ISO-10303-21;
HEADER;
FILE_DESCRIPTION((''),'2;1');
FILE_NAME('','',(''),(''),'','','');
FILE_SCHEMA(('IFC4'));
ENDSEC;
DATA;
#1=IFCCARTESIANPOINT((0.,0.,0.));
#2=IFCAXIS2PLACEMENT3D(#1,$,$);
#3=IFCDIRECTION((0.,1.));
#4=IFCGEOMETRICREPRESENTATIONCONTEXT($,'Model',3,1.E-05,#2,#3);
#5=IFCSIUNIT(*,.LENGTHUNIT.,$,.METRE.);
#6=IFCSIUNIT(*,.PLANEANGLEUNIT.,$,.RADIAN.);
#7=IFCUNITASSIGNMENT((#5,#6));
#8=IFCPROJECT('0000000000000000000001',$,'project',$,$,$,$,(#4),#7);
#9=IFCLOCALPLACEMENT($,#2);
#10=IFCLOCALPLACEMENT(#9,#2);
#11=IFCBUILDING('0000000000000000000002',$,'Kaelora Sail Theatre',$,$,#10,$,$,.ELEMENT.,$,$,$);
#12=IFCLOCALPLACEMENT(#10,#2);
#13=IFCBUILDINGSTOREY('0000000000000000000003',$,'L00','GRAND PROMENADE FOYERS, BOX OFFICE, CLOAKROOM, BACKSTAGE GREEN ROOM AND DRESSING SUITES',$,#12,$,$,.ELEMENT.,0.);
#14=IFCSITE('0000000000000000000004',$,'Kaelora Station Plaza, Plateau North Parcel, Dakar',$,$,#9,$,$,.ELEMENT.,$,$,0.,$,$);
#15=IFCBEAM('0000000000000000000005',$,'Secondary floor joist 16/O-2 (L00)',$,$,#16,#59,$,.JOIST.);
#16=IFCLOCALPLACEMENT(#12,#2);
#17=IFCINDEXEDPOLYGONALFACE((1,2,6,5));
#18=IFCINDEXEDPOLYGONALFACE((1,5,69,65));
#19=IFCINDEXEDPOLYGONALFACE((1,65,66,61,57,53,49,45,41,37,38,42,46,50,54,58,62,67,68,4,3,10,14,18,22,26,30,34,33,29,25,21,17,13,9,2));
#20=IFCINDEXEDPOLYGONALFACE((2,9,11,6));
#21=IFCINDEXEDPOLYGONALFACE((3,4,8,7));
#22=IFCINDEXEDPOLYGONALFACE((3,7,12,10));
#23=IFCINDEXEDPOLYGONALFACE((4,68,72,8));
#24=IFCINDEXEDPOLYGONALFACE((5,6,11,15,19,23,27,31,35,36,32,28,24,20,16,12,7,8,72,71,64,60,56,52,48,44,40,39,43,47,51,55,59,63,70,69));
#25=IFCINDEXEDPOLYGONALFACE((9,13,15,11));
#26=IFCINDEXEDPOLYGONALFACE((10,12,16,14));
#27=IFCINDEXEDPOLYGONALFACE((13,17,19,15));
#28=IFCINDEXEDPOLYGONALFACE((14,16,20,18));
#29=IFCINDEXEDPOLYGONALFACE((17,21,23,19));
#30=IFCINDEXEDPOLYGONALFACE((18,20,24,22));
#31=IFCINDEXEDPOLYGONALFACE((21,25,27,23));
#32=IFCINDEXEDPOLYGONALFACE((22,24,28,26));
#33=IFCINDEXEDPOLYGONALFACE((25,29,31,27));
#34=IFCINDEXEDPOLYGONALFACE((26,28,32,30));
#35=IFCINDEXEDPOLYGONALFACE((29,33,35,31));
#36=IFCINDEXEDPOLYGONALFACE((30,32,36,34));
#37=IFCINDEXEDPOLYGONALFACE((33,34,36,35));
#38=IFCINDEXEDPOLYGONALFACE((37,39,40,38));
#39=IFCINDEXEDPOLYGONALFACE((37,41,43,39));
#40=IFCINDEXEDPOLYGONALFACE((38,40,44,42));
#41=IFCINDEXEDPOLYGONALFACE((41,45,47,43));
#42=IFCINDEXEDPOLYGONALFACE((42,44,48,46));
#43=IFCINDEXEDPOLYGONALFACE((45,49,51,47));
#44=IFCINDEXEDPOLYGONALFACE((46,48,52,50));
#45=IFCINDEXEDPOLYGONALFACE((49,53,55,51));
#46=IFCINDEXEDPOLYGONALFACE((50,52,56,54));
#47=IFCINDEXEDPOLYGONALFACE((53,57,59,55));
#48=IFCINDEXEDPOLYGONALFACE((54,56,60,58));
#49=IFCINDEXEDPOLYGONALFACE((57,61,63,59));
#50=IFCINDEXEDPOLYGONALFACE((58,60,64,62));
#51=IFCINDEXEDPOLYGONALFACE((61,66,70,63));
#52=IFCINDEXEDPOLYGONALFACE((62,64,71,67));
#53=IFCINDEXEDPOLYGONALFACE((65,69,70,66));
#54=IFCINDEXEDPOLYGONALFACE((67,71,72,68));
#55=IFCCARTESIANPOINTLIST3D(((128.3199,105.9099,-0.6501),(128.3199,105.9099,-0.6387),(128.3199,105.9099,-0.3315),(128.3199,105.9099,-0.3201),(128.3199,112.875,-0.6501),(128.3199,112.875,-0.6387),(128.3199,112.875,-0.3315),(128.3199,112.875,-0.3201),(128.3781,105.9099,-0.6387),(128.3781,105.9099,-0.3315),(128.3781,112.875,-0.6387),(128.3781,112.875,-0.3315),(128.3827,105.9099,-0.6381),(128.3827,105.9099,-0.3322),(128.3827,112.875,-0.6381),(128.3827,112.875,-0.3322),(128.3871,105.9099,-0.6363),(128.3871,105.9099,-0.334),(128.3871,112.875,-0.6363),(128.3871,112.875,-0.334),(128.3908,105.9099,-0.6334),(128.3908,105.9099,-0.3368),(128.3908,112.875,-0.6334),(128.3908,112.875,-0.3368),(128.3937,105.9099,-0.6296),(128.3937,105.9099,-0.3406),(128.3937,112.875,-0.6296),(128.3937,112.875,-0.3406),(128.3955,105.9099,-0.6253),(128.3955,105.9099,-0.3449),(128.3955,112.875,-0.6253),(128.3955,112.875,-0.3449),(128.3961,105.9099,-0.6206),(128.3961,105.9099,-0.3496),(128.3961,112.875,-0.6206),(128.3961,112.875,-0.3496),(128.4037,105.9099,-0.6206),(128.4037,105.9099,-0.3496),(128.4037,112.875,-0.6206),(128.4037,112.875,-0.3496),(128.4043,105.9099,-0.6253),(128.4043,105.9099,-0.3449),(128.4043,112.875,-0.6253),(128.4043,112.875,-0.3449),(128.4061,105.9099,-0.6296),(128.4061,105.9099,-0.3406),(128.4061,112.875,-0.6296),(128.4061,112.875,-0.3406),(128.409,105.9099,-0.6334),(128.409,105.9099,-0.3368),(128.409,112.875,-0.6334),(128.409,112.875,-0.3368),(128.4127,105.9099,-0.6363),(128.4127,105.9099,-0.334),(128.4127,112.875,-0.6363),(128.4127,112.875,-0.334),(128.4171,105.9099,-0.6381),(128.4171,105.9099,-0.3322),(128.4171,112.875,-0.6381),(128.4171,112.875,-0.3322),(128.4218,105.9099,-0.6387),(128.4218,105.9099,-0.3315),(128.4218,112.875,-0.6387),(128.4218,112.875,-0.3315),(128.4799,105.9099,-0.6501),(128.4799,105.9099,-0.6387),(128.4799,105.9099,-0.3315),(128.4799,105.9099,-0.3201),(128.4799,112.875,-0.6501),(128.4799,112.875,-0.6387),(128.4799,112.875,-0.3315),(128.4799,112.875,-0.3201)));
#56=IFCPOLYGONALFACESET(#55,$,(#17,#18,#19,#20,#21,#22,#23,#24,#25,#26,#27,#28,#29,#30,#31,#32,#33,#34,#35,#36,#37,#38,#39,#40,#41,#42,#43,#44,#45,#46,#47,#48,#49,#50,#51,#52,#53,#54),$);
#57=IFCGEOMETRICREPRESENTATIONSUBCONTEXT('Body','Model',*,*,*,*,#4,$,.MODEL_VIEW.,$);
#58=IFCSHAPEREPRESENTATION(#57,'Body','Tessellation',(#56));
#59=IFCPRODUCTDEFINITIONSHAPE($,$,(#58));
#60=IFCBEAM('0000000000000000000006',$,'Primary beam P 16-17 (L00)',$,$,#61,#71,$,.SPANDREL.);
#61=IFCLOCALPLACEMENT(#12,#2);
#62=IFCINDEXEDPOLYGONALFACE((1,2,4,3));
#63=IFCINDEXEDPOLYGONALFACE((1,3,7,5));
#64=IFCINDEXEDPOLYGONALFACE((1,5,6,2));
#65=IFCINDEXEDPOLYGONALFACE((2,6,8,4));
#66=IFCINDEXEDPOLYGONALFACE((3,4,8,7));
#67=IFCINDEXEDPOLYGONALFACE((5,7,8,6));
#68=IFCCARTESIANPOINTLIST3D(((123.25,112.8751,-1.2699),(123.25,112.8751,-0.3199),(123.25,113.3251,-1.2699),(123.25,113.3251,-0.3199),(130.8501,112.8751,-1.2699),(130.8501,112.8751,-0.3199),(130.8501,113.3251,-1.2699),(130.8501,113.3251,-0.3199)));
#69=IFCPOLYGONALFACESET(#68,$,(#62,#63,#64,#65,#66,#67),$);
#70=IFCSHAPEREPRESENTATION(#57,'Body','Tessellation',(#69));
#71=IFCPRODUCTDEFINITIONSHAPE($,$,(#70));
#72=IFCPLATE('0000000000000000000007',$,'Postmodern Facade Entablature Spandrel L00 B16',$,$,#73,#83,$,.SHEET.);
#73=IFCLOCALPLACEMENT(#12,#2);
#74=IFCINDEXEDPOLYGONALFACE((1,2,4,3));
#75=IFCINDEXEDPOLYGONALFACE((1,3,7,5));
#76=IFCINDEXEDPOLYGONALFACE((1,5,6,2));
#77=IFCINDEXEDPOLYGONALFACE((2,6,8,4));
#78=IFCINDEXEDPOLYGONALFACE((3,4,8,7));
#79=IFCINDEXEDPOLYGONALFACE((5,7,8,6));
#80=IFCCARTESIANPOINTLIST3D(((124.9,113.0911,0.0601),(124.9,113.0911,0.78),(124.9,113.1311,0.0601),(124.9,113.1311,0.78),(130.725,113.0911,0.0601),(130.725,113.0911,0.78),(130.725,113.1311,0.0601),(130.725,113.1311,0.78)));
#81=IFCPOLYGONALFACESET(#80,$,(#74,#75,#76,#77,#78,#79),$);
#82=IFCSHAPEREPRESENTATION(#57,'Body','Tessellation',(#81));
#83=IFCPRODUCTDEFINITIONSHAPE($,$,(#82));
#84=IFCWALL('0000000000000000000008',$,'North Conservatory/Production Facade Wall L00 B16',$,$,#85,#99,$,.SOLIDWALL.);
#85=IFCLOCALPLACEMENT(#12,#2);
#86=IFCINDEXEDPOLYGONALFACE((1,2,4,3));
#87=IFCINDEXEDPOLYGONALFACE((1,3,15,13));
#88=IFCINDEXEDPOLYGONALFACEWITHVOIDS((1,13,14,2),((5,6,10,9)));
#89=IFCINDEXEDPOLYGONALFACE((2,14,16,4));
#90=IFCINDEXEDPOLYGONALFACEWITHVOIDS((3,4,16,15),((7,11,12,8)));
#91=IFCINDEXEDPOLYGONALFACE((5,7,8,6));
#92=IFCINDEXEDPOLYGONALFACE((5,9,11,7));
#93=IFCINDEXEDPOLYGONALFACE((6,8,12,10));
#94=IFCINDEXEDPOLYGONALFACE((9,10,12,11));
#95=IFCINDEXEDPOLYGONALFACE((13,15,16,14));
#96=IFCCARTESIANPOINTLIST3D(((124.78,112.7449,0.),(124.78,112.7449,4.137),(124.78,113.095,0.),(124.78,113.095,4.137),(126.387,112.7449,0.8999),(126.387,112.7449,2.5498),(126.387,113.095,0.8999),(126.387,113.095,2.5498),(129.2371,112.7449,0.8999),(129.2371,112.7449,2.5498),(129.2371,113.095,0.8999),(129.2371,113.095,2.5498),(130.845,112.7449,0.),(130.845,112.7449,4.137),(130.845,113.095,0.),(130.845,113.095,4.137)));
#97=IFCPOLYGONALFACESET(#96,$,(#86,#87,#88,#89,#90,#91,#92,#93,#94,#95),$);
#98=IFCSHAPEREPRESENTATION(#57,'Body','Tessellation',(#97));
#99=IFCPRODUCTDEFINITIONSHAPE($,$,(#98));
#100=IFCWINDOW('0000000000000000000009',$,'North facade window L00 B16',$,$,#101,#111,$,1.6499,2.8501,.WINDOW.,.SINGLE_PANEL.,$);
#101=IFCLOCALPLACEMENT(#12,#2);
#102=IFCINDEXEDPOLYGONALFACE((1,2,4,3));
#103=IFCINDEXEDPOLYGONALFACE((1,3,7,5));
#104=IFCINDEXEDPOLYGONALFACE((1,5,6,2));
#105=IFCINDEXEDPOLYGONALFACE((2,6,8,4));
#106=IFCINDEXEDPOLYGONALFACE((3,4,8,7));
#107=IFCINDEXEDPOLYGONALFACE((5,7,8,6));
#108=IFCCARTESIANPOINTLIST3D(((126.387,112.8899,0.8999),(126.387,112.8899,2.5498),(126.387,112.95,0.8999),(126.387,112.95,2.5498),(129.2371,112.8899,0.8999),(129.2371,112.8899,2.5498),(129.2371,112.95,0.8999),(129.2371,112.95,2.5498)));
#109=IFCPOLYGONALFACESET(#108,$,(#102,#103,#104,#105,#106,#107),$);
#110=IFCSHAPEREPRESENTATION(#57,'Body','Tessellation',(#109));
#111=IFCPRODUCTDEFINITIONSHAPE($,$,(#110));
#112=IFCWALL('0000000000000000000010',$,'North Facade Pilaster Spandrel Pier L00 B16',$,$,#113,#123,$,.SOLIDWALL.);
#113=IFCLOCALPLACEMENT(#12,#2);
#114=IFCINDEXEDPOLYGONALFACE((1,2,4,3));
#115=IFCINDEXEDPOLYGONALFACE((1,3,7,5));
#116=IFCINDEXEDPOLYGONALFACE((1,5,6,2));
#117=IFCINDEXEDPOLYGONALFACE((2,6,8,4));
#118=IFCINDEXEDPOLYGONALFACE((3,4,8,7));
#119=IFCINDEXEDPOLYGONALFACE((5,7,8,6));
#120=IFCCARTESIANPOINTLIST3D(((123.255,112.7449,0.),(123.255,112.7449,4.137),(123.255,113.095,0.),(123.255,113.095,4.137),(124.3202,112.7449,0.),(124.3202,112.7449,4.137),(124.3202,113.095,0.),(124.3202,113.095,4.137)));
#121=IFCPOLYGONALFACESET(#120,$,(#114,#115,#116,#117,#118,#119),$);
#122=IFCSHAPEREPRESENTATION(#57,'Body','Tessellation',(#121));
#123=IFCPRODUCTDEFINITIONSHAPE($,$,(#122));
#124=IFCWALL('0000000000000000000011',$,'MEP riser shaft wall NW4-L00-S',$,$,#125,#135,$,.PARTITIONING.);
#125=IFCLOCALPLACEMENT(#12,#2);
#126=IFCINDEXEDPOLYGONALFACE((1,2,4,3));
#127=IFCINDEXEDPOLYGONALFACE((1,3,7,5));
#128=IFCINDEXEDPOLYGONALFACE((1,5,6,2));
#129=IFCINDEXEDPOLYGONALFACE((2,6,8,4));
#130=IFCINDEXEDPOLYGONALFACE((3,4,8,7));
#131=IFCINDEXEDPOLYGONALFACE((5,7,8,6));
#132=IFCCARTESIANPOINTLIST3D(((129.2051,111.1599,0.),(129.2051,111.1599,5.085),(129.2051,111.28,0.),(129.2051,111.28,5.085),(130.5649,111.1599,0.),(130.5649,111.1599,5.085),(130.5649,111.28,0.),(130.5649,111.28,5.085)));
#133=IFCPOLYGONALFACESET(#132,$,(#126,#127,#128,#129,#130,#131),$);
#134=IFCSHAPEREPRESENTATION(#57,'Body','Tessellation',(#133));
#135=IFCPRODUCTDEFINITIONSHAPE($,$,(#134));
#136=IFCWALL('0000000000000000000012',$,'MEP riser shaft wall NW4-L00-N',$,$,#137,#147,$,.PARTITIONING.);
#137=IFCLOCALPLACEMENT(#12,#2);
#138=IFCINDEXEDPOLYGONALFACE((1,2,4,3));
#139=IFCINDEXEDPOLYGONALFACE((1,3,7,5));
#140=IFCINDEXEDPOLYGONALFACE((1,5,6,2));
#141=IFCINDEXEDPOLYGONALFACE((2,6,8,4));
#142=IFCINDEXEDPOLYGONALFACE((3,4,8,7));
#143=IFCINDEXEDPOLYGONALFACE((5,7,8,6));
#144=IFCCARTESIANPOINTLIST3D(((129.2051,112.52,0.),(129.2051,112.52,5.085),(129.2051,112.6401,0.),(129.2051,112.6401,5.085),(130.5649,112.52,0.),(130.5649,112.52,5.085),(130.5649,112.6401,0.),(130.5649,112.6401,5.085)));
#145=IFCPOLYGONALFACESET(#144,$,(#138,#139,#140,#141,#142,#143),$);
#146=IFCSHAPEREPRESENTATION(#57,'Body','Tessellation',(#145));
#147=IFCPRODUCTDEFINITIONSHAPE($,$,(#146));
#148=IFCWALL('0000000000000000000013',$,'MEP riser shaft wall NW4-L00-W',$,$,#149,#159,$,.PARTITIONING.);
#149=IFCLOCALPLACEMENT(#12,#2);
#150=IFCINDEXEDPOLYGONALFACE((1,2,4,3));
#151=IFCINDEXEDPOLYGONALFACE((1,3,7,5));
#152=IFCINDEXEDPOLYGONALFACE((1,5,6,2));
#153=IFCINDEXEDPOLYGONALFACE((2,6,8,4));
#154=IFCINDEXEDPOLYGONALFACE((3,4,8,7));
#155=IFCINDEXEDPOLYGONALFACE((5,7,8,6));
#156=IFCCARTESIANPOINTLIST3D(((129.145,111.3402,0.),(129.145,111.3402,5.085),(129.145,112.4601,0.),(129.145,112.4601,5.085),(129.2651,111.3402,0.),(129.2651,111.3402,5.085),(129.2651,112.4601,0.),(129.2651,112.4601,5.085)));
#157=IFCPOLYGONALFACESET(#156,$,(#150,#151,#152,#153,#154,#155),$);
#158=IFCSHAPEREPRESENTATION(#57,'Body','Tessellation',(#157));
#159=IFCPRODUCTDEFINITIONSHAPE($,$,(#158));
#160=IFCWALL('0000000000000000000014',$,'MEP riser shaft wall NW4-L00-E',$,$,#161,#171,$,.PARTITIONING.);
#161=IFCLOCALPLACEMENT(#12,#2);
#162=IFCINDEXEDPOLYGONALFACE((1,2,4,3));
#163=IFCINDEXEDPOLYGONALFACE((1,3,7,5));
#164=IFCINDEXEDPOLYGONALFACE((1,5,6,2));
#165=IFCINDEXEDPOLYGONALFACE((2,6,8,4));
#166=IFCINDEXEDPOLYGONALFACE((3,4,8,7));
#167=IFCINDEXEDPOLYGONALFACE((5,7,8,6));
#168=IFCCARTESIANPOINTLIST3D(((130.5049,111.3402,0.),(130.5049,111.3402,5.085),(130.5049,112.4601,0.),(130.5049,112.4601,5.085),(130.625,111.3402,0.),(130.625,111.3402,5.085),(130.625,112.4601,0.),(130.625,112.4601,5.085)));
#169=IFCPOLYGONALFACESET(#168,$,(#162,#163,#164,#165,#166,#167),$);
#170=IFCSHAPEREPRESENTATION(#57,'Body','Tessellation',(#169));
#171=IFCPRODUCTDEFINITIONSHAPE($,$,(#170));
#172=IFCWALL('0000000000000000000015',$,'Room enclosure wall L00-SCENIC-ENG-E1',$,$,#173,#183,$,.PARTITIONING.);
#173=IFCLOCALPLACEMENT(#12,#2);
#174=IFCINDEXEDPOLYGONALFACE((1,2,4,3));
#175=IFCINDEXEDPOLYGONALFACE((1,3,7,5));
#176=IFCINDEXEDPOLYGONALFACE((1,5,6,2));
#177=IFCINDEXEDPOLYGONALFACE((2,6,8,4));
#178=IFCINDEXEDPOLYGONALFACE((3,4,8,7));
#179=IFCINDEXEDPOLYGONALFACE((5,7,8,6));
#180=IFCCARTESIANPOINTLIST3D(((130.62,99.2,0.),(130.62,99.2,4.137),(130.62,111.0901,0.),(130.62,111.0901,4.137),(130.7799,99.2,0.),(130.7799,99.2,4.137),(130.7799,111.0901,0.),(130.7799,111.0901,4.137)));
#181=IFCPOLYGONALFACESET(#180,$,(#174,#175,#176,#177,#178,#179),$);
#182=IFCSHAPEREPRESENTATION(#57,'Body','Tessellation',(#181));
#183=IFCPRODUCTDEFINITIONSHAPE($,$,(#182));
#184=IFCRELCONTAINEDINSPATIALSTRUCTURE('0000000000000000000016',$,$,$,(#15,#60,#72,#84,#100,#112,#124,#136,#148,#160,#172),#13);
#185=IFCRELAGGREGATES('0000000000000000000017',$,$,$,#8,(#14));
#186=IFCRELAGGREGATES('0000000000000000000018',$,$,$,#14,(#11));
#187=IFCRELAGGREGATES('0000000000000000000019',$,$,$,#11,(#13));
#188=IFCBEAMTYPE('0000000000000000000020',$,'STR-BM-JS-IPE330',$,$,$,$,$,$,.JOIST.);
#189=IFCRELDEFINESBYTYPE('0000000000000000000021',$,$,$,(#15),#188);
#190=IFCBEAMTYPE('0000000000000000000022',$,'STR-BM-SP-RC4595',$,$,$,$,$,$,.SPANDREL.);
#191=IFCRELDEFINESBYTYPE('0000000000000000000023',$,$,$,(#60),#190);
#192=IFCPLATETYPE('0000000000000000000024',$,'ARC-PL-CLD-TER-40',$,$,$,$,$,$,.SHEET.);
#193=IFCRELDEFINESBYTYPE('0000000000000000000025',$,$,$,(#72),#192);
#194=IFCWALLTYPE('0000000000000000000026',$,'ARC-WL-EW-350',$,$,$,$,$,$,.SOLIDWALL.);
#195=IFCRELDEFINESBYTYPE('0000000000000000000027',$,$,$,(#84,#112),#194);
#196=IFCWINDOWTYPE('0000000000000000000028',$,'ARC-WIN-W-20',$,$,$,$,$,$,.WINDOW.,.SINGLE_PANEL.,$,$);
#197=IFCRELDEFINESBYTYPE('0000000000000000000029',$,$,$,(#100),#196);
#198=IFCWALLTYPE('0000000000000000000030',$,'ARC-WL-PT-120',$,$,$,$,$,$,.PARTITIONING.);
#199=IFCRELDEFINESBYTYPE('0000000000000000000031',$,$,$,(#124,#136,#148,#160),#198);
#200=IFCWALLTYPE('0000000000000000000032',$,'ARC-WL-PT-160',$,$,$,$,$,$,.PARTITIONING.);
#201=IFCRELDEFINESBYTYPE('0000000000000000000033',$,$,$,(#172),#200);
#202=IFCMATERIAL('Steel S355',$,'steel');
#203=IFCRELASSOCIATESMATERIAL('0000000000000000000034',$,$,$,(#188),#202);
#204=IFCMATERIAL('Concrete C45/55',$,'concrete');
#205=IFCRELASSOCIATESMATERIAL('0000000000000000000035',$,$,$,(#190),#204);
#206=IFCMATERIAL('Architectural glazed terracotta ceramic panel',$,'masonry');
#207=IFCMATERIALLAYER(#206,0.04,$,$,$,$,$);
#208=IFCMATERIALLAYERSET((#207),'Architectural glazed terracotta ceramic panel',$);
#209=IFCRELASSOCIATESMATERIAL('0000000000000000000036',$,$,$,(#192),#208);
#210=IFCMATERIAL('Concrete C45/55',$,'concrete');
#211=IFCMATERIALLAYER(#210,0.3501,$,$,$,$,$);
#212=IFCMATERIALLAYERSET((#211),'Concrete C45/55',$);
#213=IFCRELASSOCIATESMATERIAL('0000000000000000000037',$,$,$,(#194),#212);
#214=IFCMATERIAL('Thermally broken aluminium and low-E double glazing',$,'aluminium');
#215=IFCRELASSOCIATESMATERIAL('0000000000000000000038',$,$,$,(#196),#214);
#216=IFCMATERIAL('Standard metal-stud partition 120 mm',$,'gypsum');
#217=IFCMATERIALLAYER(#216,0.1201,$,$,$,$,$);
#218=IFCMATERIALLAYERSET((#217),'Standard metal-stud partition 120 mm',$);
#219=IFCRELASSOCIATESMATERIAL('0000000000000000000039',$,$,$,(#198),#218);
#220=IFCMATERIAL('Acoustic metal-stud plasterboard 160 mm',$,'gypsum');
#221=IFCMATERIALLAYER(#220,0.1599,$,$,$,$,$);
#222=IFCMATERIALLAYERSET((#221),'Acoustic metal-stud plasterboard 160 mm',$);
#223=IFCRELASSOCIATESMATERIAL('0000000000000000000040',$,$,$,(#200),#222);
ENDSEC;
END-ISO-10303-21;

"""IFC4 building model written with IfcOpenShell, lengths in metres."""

from ifc_helpers import new_model, si_unit, direction, frame, frame_2d, origin, origin_2d, place, context, subcontext, project, spatial, rectangle, i_section, extrude, material, layer, layer_set, material_profile, profile_set, type_object, element, fill, save


model = new_model("IFC4")

# Units and contexts
model_context = context("Model", 3, precision=1e-05, world=origin(), true_north=direction((0.0, 1.0)))
body_context = subcontext(model_context, "Body", "Model", "MODEL_VIEW")
ifc_project = project(units=[si_unit("LENGTHUNIT", "METRE"), si_unit("PLANEANGLEUNIT", "RADIAN")], contexts=[model_context])

# Site, building, storey
site_placement = place(None, origin())
site = spatial("IfcSite", under=ifc_project, at=site_placement, Name="Kaelora Station Plaza, Plateau North Parcel, Dakar", CompositionType="ELEMENT", RefElevation=0.0)
building_placement = place(site_placement, origin())
building = spatial("IfcBuilding", under=site, at=building_placement, Name="Kaelora Sail Theatre", CompositionType="ELEMENT")
storey_placement = place(building_placement, origin())
storey = spatial("IfcBuildingStorey", under=building, at=storey_placement, Name="L00", Description="GRAND PROMENADE FOYERS, BOX OFFICE, CLOAKROOM, BACKSTAGE GREEN ROOM AND DRESSING SUITES", CompositionType="ELEMENT", Elevation=0.0)

# Beams
ifc_material_1 = material(Name="Steel S355", Category="steel")
ifc_material_profile_1 = material_profile(ifc_material_1, i_section(OverallWidth=0.1599, OverallDepth=0.3301, WebThickness=0.0076, FlangeThickness=0.0115, FilletRadius=0.0181, at=origin_2d()), Name="IPE 330")
ifc_profile_set_1 = profile_set([ifc_material_profile_1], Name="Steel S355")
beam_type_1 = type_object("IfcBeamType", Name="STR-BM-JS-IPE330", PredefinedType="JOIST", material=ifc_profile_set_1)
beam_1_placement = place(storey_placement, frame((128.3999, 105.9099, -0.4851), z_axis=(0.0, 1.0, 0.0), x_axis=(-1.0, 0.0, 0.0)))
element("IfcBeam", 1, at=beam_1_placement, inside=storey, type_object=beam_type_1, Name="Secondary floor joist 16/O-2 (L00)", PredefinedType="JOIST", context=body_context, shape_type="SweptSolid", body=[
    extrude(i_section(OverallWidth=0.1599, OverallDepth=0.3301, WebThickness=0.0076, FlangeThickness=0.0115, FilletRadius=0.0181, at=origin_2d()), origin(), (0.0, 0.0, 1.0), 6.9651),
])
ifc_material_2 = material(Name="Concrete C45/55", Category="concrete")
ifc_material_profile_2 = material_profile(ifc_material_2, rectangle(XDim=0.45, YDim=0.95, at=origin_2d()), Name="RC-SPN 450x950")
ifc_profile_set_2 = profile_set([ifc_material_profile_2], Name="Concrete C45/55")
beam_type_2 = type_object("IfcBeamType", Name="STR-BM-SP-RC4595", PredefinedType="SPANDREL", material=ifc_profile_set_2)
beam_2_placement = place(storey_placement, frame((123.25, 113.1001, -0.7949), z_axis=(1.0, 0.0, 0.0), x_axis=(0.0, 1.0, 0.0)))
element("IfcBeam", 2, at=beam_2_placement, inside=storey, type_object=beam_type_2, Name="Primary beam P 16-17 (L00)", PredefinedType="SPANDREL", context=body_context, shape_type="SweptSolid", body=[
    extrude(rectangle(XDim=0.45, YDim=0.95, at=origin_2d()), origin(), (0.0, 0.0, 1.0), 7.6001),
])

# Plate
ifc_material_3 = material(Name="Architectural glazed terracotta ceramic panel", Category="masonry")
ifc_layer_1 = layer(ifc_material_3, 0.04)
ifc_layer_set_1 = layer_set([ifc_layer_1], Name="Architectural glazed terracotta ceramic panel")
plate_type = type_object("IfcPlateType", Name="ARC-PL-CLD-TER-40", PredefinedType="SHEET", material=ifc_layer_set_1)
plate_placement = place(storey_placement, frame((127.8125, 113.1111, 0.0601), z_axis=(0.0, 0.0, 1.0), x_axis=(1.0, 0.0, 0.0)))
element("IfcPlate", 3, at=plate_placement, inside=storey, type_object=plate_type, Name="Postmodern Facade Entablature Spandrel L00 B16", PredefinedType="SHEET", context=body_context, shape_type="SweptSolid", body=[
    extrude(rectangle(XDim=5.825, YDim=0.04, at=origin_2d()), origin(), (0.0, 0.0, 1.0), 0.72),
])

# Wall, opening, window
ifc_material_4 = material(Name="Concrete C45/55", Category="concrete")
ifc_layer_2 = layer(ifc_material_4, 0.3501)
ifc_layer_set_2 = layer_set([ifc_layer_2], Name="Concrete C45/55")
wall_type_1 = type_object("IfcWallType", Name="ARC-WL-EW-350", PredefinedType="SOLIDWALL", material=ifc_layer_set_2)
wall_1_placement = place(storey_placement, frame((124.78, 112.9199, 0.0), z_axis=(0.0, 0.0, 1.0), x_axis=(1.0, 0.0, 0.0)))
wall_1 = element("IfcWall", 4, at=wall_1_placement, inside=storey, type_object=wall_type_1, Name="North Conservatory/Production Facade Wall L00 B16", PredefinedType="SOLIDWALL", context=body_context, shape_type="SweptSolid", body=[
    extrude(rectangle(XDim=6.0649, YDim=0.3501, at=frame_2d((3.0325, 0.0))), origin(), (0.0, 0.0, 1.0), 4.137),
])
opening_placement = place(wall_1_placement, frame((1.6069, 0.0, 0.8999)))
opening = element("IfcOpeningElement", 5, at=opening_placement, cuts=wall_1, PredefinedType="OPENING", context=body_context, shape_type="SweptSolid", body=[
    extrude(rectangle(XDim=2.8501, YDim=1.6499, at=frame_2d((1.425, 0.825))), frame((0.0, 0.185, 0.0), z_axis=(0.0, -1.0, 0.0), x_axis=(1.0, 0.0, 0.0)), (0.0, 0.0, 1.0), 0.3701),
])
ifc_material_5 = material(Name="Thermally broken aluminium and low-E double glazing", Category="aluminium")
window_type = type_object("IfcWindowType", Name="ARC-WIN-W-20", PartitioningType="SINGLE_PANEL", PredefinedType="WINDOW", material=ifc_material_5)
window_placement = place(opening_placement, origin())
window = element("IfcWindow", 6, at=window_placement, inside=storey, type_object=window_type, Name="North facade window L00 B16", OverallHeight=1.6499, OverallWidth=2.8501, PartitioningType="SINGLE_PANEL", PredefinedType="WINDOW", context=body_context, shape_type="SweptSolid", body=[
    extrude(rectangle(XDim=2.8501, YDim=1.6499, at=frame_2d((1.425, 0.825))), frame((0.0, 0.03, 0.0), z_axis=(0.0, -1.0, 0.0), x_axis=(1.0, 0.0, 0.0)), (0.0, 0.0, 1.0), 0.0601),
])
fill(opening, window)

# Walls
wall_2_placement = place(storey_placement, frame((123.2549, 112.9199, 0.0), z_axis=(0.0, 0.0, 1.0), x_axis=(1.0, 0.0, 0.0)))
element("IfcWall", 7, at=wall_2_placement, inside=storey, type_object=wall_type_1, Name="North Facade Pilaster Spandrel Pier L00 B16", PredefinedType="SOLIDWALL", context=body_context, shape_type="SweptSolid", body=[
    extrude(rectangle(XDim=1.0652, YDim=0.3501, at=frame_2d((0.5327, 0.0))), origin(), (0.0, 0.0, 1.0), 4.137),
])
ifc_material_6 = material(Name="Standard metal-stud partition 120 mm", Category="gypsum")
ifc_layer_3 = layer(ifc_material_6, 0.1201)
ifc_layer_set_3 = layer_set([ifc_layer_3], Name="Standard metal-stud partition 120 mm")
wall_type_2 = type_object("IfcWallType", Name="ARC-WL-PT-120", PredefinedType="PARTITIONING", material=ifc_layer_set_3)
for number, where, z_axis, x_axis, name in (
    (8, (129.2051, 111.22, 0.0), (0.0, 0.0, 1.0), (1.0, 0.0, 0.0), "MEP riser shaft wall NW4-L00-S"),
    (9, (129.2051, 112.5801, 0.0), (0.0, 0.0, 1.0), (1.0, 0.0, 0.0), "MEP riser shaft wall NW4-L00-N"),
):
    element("IfcWall", number, at=place(storey_placement, frame(where, z_axis=z_axis, x_axis=x_axis)), inside=storey, type_object=wall_type_2, Name=name, PredefinedType="PARTITIONING", context=body_context, shape_type="SweptSolid", body=[
        extrude(rectangle(XDim=1.3599, YDim=0.1201, at=frame_2d((0.6799, 0.0))), origin(), (0.0, 0.0, 1.0), 5.085),
    ])
for number, where, z_axis, x_axis, name in (
    (10, (129.2051, 111.3401, 0.0), (0.0, 0.0, 1.0), (0.0, 1.0, 0.0), "MEP riser shaft wall NW4-L00-W"),
    (11, (130.5649, 111.3401, 0.0), (0.0, 0.0, 1.0), (0.0, 1.0, 0.0), "MEP riser shaft wall NW4-L00-E"),
):
    element("IfcWall", number, at=place(storey_placement, frame(where, z_axis=z_axis, x_axis=x_axis)), inside=storey, type_object=wall_type_2, Name=name, PredefinedType="PARTITIONING", context=body_context, shape_type="SweptSolid", body=[
        extrude(rectangle(XDim=1.1199, YDim=0.1201, at=frame_2d((0.5601, 0.0))), origin(), (0.0, 0.0, 1.0), 5.085),
    ])
ifc_material_7 = material(Name="Acoustic metal-stud plasterboard 160 mm", Category="gypsum")
ifc_layer_4 = layer(ifc_material_7, 0.1599)
ifc_layer_set_4 = layer_set([ifc_layer_4], Name="Acoustic metal-stud plasterboard 160 mm")
wall_type_3 = type_object("IfcWallType", Name="ARC-WL-PT-160", PredefinedType="PARTITIONING", material=ifc_layer_set_4)
wall_3_placement = place(storey_placement, frame((130.7, 99.2, 0.0), z_axis=(0.0, 0.0, 1.0), x_axis=(0.0, 1.0, 0.0)))
element("IfcWall", 12, at=wall_3_placement, inside=storey, type_object=wall_type_3, Name="Room enclosure wall L00-SCENIC-ENG-E1", PredefinedType="PARTITIONING", context=body_context, shape_type="SweptSolid", body=[
    extrude(rectangle(XDim=11.8901, YDim=0.1599, at=frame_2d((5.9451, 0.0))), origin(), (0.0, 0.0, 1.0), 4.137),
])

save(model, "model.ifc")
